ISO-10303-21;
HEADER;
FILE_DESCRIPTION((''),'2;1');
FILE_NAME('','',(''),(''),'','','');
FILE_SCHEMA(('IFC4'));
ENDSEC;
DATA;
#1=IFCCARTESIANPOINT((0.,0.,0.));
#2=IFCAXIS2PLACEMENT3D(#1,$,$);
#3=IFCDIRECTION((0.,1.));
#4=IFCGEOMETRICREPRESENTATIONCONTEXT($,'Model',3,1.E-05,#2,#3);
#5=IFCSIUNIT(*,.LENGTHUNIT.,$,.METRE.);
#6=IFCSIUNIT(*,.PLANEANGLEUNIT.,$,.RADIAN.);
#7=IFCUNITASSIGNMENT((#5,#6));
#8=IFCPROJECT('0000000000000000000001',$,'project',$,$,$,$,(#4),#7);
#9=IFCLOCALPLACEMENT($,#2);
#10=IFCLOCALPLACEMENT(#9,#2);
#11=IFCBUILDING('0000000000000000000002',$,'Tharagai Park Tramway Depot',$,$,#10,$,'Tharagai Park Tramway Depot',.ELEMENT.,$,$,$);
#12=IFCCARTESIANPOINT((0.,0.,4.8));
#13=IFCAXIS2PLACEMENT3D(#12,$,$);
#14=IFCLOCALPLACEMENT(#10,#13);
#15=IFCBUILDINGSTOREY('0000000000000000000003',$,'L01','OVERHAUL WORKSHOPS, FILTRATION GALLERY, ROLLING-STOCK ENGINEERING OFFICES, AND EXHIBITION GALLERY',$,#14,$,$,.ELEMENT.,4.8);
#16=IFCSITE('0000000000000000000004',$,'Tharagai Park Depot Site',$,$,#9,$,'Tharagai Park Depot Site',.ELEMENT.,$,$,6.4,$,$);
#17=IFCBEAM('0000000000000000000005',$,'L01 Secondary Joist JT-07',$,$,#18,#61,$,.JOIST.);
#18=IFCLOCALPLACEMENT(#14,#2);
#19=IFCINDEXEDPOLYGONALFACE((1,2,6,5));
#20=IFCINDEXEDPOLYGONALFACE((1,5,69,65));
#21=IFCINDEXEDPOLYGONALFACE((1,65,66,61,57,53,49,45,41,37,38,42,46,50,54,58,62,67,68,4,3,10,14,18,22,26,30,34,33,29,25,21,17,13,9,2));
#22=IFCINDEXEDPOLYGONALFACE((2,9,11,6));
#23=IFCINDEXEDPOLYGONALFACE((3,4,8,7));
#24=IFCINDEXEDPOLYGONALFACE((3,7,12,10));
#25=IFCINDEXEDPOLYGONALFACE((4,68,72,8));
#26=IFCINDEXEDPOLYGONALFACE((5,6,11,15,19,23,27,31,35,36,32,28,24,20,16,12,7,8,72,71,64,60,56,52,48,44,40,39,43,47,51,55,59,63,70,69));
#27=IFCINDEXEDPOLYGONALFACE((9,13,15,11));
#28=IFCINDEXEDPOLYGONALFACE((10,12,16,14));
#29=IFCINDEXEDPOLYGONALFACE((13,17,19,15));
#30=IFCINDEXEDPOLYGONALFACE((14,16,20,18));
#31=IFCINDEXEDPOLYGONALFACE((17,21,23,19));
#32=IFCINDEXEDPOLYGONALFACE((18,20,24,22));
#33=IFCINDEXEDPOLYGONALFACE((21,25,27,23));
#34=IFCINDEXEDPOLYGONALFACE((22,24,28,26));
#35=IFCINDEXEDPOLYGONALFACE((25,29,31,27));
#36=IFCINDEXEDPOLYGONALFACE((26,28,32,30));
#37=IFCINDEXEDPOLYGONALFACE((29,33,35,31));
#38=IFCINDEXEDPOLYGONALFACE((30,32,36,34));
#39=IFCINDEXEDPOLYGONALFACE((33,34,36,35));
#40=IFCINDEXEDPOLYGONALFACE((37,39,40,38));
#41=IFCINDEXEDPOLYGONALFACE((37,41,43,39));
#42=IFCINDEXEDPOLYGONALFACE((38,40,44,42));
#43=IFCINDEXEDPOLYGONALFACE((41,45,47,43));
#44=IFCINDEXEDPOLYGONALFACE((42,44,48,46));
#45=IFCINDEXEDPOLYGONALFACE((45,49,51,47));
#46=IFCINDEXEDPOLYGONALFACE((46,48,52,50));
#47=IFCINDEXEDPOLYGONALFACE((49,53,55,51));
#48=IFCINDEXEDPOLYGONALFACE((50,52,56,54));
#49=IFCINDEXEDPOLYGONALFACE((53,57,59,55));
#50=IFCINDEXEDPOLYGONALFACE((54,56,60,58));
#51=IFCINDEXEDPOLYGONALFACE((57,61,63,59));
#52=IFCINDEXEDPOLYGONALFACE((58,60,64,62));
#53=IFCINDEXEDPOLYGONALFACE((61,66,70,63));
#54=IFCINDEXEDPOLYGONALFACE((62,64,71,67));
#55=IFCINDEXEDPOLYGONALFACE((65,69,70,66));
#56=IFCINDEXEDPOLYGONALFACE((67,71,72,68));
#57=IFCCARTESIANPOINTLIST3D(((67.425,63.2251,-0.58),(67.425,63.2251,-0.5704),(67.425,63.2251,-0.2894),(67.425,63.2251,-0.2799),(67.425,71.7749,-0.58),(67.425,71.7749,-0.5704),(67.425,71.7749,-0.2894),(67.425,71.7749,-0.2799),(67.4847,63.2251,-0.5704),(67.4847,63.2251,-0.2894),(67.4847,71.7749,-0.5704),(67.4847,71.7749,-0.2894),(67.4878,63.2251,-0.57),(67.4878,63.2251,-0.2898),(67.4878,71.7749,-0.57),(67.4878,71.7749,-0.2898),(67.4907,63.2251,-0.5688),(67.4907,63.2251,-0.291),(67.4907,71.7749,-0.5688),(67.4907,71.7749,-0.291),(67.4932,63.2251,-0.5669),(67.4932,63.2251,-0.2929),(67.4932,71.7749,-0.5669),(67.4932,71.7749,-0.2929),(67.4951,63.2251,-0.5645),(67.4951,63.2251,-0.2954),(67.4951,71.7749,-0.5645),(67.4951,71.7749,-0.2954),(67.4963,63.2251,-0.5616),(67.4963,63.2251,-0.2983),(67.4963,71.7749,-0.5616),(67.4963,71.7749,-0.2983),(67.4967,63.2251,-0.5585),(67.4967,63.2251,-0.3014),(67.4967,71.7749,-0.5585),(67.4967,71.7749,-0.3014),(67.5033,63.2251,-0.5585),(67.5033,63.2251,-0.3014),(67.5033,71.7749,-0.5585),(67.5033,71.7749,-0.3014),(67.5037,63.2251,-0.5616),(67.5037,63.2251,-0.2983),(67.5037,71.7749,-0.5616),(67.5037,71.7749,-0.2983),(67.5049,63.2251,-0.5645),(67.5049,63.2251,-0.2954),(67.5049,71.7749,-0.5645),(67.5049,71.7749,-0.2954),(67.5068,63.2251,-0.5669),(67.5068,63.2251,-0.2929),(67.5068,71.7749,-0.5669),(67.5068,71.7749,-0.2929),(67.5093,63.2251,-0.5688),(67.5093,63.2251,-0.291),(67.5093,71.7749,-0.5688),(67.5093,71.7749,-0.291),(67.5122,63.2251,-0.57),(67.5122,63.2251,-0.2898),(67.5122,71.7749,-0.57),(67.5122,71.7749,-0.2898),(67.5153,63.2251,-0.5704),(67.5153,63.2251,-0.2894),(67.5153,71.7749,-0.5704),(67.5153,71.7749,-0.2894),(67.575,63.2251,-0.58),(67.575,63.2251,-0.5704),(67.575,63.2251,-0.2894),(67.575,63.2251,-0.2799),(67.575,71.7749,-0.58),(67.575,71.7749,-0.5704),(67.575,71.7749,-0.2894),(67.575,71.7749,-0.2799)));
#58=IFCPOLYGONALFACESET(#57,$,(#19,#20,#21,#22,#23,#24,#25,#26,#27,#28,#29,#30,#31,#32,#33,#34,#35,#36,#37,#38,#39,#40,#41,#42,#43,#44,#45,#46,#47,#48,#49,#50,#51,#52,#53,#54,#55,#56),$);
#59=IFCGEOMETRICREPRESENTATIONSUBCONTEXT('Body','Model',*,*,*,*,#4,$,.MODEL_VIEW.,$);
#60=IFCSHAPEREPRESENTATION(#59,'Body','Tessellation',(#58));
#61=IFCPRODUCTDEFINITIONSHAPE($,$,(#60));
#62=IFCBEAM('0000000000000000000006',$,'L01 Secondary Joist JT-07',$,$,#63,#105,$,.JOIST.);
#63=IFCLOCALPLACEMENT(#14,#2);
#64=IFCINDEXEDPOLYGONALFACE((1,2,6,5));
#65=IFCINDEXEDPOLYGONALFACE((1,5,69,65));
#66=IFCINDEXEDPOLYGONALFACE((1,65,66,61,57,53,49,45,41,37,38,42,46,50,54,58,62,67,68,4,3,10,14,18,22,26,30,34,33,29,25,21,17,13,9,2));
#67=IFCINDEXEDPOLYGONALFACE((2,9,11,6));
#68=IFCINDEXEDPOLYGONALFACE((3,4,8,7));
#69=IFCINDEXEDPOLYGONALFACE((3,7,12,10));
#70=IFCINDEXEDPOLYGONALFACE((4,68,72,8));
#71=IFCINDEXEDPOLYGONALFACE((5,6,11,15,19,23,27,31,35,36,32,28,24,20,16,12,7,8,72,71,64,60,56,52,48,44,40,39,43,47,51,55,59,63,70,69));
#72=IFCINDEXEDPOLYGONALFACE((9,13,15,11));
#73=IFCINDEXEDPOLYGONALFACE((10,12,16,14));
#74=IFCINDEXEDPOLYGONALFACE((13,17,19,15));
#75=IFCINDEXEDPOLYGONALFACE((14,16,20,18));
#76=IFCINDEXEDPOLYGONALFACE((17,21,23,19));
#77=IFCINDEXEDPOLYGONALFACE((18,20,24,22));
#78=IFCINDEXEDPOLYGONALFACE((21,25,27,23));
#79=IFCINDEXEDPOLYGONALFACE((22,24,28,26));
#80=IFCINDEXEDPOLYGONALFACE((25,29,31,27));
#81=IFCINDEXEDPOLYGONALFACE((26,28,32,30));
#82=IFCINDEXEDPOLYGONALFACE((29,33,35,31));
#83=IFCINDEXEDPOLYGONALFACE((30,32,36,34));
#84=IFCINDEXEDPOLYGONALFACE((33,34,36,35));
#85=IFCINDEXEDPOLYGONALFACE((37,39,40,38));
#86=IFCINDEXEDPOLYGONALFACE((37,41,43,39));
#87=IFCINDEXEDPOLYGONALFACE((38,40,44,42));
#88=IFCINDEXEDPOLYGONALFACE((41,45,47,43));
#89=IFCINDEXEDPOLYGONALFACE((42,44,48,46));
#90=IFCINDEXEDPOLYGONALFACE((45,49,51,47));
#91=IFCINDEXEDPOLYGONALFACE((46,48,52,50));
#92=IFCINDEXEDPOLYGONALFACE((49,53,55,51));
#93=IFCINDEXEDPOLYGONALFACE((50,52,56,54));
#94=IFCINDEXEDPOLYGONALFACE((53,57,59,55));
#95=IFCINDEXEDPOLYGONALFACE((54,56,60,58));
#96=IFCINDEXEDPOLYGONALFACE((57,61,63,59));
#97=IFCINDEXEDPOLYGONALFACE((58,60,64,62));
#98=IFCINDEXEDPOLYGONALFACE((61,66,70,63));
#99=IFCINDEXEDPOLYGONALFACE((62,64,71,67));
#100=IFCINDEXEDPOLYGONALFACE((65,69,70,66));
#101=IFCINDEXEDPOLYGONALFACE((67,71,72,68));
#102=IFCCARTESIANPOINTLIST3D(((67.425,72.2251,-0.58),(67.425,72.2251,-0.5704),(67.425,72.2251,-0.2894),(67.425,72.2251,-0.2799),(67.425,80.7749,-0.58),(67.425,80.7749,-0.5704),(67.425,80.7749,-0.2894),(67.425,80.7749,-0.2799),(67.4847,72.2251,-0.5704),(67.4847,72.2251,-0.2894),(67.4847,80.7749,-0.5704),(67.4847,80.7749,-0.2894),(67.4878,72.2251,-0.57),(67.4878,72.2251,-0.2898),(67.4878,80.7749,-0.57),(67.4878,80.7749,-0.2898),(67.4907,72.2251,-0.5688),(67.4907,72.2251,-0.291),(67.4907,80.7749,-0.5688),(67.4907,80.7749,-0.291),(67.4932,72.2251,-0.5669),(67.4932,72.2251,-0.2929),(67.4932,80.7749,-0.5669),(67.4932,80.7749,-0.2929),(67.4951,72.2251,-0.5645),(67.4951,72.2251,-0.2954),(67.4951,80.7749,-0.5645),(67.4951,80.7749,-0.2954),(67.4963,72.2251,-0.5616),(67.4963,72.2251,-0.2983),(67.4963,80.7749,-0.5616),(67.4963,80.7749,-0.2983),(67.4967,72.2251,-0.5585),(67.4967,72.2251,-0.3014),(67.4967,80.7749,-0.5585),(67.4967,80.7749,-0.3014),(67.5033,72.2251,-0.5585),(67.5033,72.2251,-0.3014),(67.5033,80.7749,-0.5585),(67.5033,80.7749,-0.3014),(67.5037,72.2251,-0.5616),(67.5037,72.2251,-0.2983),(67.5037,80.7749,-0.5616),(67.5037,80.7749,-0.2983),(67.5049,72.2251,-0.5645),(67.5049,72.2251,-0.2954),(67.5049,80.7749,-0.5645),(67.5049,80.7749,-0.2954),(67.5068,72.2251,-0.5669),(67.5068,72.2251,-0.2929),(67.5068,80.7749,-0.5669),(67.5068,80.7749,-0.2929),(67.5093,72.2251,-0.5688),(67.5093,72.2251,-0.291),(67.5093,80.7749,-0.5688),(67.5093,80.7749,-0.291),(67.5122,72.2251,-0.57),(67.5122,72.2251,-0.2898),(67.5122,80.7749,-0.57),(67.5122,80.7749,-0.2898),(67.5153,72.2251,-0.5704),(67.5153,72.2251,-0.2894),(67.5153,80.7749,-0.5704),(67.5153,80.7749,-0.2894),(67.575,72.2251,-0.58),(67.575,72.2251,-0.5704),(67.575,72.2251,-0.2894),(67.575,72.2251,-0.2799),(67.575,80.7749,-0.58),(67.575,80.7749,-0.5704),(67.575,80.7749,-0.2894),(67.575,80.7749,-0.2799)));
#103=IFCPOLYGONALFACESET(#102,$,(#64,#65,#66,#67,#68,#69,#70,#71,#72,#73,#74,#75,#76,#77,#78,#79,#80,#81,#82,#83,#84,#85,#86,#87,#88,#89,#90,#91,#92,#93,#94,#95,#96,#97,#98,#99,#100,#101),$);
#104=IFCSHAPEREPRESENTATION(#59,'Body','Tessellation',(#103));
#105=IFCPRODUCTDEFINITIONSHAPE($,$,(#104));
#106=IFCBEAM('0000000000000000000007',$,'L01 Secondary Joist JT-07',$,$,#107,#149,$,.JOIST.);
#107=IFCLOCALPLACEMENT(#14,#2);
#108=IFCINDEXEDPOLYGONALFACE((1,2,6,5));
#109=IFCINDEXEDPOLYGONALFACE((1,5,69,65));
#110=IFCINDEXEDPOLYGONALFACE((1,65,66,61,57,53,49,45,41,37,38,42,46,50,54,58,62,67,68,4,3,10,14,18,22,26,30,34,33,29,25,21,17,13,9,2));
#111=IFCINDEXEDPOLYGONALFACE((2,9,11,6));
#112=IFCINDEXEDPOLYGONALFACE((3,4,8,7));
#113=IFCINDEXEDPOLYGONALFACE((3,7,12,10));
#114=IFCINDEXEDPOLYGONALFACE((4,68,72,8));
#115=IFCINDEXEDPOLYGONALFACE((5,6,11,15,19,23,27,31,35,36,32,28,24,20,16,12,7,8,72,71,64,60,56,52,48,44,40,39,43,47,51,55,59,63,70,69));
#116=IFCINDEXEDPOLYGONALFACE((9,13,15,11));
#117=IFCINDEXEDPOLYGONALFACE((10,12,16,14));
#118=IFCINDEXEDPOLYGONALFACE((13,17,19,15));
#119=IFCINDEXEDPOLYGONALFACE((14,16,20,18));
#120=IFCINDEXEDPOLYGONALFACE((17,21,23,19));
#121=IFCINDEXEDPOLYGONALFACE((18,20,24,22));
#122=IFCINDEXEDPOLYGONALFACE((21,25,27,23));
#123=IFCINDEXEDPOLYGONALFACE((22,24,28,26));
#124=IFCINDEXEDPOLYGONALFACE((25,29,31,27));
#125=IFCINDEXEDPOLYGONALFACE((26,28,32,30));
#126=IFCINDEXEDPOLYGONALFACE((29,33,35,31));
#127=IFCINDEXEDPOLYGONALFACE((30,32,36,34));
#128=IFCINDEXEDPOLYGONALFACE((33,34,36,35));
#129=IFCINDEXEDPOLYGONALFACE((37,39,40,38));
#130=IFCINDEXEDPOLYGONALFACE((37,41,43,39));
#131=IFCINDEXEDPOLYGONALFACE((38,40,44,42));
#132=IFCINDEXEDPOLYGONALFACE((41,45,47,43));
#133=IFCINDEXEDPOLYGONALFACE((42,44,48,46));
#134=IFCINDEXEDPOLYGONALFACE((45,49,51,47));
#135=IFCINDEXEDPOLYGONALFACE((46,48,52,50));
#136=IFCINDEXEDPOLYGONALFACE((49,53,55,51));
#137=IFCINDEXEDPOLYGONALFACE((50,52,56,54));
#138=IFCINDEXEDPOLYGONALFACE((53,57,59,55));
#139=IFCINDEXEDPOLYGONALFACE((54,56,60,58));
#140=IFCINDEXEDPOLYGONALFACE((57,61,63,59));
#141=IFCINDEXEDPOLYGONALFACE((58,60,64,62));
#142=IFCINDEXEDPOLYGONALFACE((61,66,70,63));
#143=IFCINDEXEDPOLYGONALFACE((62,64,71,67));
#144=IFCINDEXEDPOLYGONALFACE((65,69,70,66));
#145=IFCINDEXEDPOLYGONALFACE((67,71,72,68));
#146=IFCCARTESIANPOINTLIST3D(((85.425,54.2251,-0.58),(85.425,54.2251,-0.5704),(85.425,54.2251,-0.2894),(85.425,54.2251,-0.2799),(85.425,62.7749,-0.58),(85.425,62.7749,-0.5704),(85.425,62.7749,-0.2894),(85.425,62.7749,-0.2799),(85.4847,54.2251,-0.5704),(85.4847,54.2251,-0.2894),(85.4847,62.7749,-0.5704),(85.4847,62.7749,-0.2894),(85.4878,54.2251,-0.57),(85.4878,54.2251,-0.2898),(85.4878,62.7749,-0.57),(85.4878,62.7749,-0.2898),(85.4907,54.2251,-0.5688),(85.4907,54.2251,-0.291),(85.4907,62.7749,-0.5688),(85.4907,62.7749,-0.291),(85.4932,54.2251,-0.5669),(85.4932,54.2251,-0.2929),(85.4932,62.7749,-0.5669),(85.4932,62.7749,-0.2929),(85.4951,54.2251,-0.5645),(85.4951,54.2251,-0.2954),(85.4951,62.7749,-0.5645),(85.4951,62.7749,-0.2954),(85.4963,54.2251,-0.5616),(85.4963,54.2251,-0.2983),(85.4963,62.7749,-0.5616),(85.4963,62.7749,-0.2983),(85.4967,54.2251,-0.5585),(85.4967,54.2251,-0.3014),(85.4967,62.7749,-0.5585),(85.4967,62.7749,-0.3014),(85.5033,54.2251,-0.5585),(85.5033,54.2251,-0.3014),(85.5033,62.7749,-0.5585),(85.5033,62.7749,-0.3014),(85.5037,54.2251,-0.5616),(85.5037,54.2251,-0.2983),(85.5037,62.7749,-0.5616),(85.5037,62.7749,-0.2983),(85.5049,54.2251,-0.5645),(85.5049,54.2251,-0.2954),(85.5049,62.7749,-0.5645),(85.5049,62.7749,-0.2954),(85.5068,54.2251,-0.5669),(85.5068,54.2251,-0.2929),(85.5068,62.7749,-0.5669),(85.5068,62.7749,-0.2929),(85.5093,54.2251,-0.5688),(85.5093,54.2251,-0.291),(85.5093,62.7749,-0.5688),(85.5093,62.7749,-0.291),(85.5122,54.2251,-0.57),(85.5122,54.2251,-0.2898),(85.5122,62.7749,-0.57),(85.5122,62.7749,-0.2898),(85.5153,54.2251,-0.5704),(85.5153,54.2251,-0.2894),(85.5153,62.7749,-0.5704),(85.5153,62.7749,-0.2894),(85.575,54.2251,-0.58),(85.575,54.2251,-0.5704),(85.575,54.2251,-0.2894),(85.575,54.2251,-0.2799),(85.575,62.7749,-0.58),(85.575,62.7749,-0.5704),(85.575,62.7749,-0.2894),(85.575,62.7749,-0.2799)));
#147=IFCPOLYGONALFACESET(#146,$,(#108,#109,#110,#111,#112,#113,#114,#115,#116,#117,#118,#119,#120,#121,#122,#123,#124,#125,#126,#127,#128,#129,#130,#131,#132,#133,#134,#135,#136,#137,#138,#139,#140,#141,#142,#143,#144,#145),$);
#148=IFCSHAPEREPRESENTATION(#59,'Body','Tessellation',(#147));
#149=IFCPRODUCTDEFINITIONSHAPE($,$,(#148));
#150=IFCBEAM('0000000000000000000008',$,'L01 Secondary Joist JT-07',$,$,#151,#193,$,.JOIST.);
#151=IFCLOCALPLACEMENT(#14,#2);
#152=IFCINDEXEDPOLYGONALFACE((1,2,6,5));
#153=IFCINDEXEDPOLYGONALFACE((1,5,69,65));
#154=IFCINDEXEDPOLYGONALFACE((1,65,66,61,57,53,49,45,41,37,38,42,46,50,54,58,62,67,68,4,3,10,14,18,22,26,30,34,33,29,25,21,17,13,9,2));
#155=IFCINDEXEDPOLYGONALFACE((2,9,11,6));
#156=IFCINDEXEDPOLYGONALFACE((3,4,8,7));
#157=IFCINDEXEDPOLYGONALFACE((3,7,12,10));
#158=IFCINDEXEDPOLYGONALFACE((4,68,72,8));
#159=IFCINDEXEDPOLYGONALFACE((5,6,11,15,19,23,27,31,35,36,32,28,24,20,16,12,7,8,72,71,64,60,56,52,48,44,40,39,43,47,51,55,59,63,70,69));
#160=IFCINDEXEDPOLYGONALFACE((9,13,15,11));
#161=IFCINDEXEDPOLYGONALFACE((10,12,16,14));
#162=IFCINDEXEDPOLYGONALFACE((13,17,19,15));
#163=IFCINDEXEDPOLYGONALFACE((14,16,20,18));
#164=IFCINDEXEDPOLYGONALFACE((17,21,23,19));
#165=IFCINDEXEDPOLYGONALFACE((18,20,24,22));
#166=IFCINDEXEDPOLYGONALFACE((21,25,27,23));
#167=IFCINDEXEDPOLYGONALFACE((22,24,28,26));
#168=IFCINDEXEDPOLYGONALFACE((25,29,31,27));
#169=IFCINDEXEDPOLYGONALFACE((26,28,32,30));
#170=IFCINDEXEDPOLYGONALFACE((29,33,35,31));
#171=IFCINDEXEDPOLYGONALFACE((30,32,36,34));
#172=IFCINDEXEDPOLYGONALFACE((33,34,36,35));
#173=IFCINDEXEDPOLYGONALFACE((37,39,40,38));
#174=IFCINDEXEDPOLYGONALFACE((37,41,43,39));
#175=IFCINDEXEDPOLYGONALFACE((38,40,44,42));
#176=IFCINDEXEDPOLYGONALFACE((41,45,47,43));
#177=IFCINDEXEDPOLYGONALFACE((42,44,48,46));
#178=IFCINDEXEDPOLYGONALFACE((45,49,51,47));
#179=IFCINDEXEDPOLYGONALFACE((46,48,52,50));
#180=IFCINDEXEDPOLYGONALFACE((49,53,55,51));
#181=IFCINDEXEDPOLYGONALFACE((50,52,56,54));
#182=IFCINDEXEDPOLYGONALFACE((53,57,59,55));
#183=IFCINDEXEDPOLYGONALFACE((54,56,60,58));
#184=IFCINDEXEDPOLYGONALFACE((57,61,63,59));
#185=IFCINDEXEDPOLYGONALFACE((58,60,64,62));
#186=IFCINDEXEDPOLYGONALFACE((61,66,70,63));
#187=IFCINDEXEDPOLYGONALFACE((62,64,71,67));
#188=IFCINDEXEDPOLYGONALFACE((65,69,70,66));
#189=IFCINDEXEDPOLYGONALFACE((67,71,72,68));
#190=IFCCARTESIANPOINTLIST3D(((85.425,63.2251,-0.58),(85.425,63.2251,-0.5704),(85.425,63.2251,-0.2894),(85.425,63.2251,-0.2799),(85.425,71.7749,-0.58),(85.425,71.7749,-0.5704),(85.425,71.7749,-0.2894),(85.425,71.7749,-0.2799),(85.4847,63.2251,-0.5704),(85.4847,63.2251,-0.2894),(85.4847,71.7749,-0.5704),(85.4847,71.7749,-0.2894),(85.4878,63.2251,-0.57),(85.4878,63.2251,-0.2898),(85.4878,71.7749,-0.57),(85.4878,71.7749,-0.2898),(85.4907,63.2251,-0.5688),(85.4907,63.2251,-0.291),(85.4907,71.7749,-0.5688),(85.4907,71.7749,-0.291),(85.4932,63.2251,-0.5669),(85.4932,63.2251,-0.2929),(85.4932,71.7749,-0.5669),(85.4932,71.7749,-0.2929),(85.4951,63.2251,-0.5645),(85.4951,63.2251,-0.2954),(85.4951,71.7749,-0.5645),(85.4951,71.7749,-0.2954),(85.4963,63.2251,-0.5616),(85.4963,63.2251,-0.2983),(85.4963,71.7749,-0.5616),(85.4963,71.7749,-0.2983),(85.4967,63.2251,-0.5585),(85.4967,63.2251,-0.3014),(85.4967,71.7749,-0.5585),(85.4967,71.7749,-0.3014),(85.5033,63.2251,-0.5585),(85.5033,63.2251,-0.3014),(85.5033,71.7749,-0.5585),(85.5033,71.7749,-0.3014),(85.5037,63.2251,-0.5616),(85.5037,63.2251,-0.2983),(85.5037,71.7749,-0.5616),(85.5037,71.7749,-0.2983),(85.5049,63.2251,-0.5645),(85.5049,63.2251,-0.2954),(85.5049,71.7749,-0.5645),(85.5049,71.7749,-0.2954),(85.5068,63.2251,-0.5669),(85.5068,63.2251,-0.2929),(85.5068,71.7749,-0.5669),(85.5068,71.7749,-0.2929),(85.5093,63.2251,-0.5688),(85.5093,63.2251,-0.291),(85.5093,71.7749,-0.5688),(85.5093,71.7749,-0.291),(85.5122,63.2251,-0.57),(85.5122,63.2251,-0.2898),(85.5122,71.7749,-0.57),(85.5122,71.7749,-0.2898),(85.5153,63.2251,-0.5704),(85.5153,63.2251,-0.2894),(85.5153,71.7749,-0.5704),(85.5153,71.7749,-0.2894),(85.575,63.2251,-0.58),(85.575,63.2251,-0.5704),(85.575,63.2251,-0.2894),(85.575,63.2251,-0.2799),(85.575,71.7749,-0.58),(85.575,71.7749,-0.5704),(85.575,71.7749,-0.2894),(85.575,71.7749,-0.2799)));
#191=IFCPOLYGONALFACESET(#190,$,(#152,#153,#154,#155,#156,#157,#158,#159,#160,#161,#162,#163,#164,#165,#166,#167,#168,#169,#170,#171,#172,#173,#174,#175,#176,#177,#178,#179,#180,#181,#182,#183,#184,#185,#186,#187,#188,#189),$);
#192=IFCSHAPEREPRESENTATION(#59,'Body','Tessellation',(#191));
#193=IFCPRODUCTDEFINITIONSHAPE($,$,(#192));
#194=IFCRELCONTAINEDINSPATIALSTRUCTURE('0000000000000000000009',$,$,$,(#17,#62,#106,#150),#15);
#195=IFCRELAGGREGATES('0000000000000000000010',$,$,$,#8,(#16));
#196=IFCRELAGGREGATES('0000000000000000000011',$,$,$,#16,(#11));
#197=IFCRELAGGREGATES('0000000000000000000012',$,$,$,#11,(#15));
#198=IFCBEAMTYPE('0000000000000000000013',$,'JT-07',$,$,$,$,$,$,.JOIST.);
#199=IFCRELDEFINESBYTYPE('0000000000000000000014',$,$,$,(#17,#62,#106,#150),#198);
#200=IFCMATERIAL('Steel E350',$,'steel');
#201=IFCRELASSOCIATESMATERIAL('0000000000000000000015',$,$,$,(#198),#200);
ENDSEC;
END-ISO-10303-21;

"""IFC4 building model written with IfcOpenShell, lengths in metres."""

from ifc_helpers import new_model, si_unit, direction, frame, origin, origin_2d, place, context, subcontext, project, spatial, i_section, extrude, material, material_profile, profile_set, type_object, element, save


model = new_model("IFC4")

# Units and contexts
model_context = context("Model", 3, precision=1e-05, world=origin(), true_north=direction((0.0, 1.0)))
body_context = subcontext(model_context, "Body", "Model", "MODEL_VIEW")
ifc_project = project(units=[si_unit("LENGTHUNIT", "METRE"), si_unit("PLANEANGLEUNIT", "RADIAN")], contexts=[model_context])

# Site, building, storey
site_placement = place(None, origin())
site = spatial("IfcSite", under=ifc_project, at=site_placement, Name="Tharagai Park Depot Site", LongName="Tharagai Park Depot Site", CompositionType="ELEMENT", RefElevation=6.4)
building_placement = place(site_placement, origin())
building = spatial("IfcBuilding", under=site, at=building_placement, Name="Tharagai Park Tramway Depot", LongName="Tharagai Park Tramway Depot", CompositionType="ELEMENT")
storey_placement = place(building_placement, frame((0.0, 0.0, 4.8)))
storey = spatial("IfcBuildingStorey", under=building, at=storey_placement, Name="L01", Description="OVERHAUL WORKSHOPS, FILTRATION GALLERY, ROLLING-STOCK ENGINEERING OFFICES, AND EXHIBITION GALLERY", CompositionType="ELEMENT", Elevation=4.8)

# Shared definitions
ifc_material_1 = material(Name="Steel E350", Category="steel")

# Beams
ifc_material_profile_1 = material_profile(ifc_material_1, i_section(OverallWidth=0.1499, OverallDepth=0.3, WebThickness=0.0066, FlangeThickness=0.0095, FilletRadius=0.012, at=origin_2d()), Name="ISLB 300")
ifc_profile_set_1 = profile_set([ifc_material_profile_1], Name="Steel E350")
beam_type_1 = type_object("IfcBeamType", Name="JT-07", PredefinedType="JOIST", material=ifc_profile_set_1)
for number, where, z_axis, x_axis, name in (
    (1, (67.5, 63.2251, -0.4299), (0.0, 1.0, 0.0), (-1.0, 0.0, 0.0), "L01 Secondary Joist JT-07"),
    (2, (67.5, 72.2251, -0.4299), (0.0, 1.0, 0.0), (-1.0, 0.0, 0.0), "L01 Secondary Joist JT-07"),
    (3, (85.5, 54.2251, -0.4299), (0.0, 1.0, 0.0), (-1.0, 0.0, 0.0), "L01 Secondary Joist JT-07"),
    (4, (85.5, 63.2251, -0.4299), (0.0, 1.0, 0.0), (-1.0, 0.0, 0.0), "L01 Secondary Joist JT-07"),
):
    element("IfcBeam", number, at=place(storey_placement, frame(where, z_axis=z_axis, x_axis=x_axis)), inside=storey, type_object=beam_type_1, Name=name, PredefinedType="JOIST", context=body_context, shape_type="SweptSolid", body=[
        extrude(i_section(OverallWidth=0.1499, OverallDepth=0.3, WebThickness=0.0066, FlangeThickness=0.0095, FilletRadius=0.012, at=origin_2d()), origin(), (0.0, 0.0, 1.0), 8.5498),
    ])

save(model, "model.ifc")
